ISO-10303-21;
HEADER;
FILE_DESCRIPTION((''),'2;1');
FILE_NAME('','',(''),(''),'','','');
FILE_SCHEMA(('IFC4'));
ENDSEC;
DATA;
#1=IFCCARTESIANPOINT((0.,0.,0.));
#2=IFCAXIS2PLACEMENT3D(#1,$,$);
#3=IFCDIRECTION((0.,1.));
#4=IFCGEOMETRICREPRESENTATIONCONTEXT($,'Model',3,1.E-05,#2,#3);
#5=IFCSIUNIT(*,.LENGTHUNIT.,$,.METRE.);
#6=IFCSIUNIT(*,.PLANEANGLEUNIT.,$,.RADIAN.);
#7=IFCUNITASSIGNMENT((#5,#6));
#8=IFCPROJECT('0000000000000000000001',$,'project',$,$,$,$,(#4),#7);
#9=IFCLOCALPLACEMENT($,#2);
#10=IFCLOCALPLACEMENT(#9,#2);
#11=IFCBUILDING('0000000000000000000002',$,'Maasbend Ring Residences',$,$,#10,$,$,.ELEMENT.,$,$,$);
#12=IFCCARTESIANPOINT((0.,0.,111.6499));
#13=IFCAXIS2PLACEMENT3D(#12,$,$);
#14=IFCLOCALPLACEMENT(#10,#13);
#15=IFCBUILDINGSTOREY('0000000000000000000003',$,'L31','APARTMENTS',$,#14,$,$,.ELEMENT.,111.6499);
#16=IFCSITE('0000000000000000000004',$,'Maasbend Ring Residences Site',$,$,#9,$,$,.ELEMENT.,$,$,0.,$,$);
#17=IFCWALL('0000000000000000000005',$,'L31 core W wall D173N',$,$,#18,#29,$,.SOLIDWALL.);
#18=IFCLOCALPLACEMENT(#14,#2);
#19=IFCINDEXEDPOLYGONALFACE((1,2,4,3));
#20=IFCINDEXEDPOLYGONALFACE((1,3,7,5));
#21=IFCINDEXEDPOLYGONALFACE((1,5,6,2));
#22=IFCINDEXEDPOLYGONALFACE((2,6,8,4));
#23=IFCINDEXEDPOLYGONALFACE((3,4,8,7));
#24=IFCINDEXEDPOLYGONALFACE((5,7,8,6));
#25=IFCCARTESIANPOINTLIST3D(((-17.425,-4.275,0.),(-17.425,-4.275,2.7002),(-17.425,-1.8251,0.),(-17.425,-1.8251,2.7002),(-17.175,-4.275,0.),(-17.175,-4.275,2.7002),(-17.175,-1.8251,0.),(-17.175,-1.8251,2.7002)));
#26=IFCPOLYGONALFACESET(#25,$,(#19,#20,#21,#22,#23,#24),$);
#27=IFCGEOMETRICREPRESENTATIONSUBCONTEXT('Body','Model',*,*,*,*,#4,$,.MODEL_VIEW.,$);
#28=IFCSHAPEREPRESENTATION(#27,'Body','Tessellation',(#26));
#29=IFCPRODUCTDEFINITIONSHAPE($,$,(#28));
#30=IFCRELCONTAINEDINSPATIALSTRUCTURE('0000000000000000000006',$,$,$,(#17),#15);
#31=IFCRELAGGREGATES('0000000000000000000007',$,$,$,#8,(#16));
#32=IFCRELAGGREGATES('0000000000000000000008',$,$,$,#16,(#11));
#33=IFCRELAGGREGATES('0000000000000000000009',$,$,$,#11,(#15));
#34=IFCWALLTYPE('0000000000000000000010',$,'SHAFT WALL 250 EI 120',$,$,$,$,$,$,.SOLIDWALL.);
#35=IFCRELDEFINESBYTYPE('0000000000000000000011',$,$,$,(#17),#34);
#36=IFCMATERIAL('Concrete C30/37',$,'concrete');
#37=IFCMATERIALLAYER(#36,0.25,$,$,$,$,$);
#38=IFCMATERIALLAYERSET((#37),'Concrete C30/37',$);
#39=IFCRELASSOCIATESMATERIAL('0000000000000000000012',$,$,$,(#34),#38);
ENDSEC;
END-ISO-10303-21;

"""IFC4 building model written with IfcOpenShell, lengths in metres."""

from ifc_helpers import new_model, si_unit, direction, frame, frame_2d, origin, place, context, subcontext, project, spatial, rectangle, extrude, material, layer, layer_set, type_object, element, save


model = new_model("IFC4")

# Units and contexts
model_context = context("Model", 3, precision=1e-05, world=origin(), true_north=direction((0.0, 1.0)))
body_context = subcontext(model_context, "Body", "Model", "MODEL_VIEW")
ifc_project = project(units=[si_unit("LENGTHUNIT", "METRE"), si_unit("PLANEANGLEUNIT", "RADIAN")], contexts=[model_context])

# Site, building, storey
site_placement = place(None, origin())
site = spatial("IfcSite", under=ifc_project, at=site_placement, Name="Maasbend Ring Residences Site", CompositionType="ELEMENT", RefElevation=0.0)
building_placement = place(site_placement, origin())
building = spatial("IfcBuilding", under=site, at=building_placement, Name="Maasbend Ring Residences", CompositionType="ELEMENT")
storey_placement = place(building_placement, frame((0.0, 0.0, 111.6499)))
storey = spatial("IfcBuildingStorey", under=building, at=storey_placement, Name="L31", Description="APARTMENTS", CompositionType="ELEMENT", Elevation=111.6499)

# Wall
ifc_material_1 = material(Name="Concrete C30/37", Category="concrete")
ifc_layer_1 = layer(ifc_material_1, 0.25)
ifc_layer_set_1 = layer_set([ifc_layer_1], Name="Concrete C30/37")
wall_type_1 = type_object("IfcWallType", Name="SHAFT WALL 250 EI 120", PredefinedType="SOLIDWALL", material=ifc_layer_set_1)
wall_1_placement = place(storey_placement, frame((-17.3, -1.825, 0.0), z_axis=(0.0, 0.0, 1.0), x_axis=(0.0, -1.0, 0.0)))
element("IfcWall", 1, at=wall_1_placement, inside=storey, type_object=wall_type_1, Name="L31 core W wall D173N", PredefinedType="SOLIDWALL", context=body_context, shape_type="SweptSolid", body=[
    extrude(rectangle(XDim=2.45, YDim=0.25, at=frame_2d((1.2251, 0.0))), origin(), (0.0, 0.0, 1.0), 2.7002),
])

save(model, "model.ifc")
